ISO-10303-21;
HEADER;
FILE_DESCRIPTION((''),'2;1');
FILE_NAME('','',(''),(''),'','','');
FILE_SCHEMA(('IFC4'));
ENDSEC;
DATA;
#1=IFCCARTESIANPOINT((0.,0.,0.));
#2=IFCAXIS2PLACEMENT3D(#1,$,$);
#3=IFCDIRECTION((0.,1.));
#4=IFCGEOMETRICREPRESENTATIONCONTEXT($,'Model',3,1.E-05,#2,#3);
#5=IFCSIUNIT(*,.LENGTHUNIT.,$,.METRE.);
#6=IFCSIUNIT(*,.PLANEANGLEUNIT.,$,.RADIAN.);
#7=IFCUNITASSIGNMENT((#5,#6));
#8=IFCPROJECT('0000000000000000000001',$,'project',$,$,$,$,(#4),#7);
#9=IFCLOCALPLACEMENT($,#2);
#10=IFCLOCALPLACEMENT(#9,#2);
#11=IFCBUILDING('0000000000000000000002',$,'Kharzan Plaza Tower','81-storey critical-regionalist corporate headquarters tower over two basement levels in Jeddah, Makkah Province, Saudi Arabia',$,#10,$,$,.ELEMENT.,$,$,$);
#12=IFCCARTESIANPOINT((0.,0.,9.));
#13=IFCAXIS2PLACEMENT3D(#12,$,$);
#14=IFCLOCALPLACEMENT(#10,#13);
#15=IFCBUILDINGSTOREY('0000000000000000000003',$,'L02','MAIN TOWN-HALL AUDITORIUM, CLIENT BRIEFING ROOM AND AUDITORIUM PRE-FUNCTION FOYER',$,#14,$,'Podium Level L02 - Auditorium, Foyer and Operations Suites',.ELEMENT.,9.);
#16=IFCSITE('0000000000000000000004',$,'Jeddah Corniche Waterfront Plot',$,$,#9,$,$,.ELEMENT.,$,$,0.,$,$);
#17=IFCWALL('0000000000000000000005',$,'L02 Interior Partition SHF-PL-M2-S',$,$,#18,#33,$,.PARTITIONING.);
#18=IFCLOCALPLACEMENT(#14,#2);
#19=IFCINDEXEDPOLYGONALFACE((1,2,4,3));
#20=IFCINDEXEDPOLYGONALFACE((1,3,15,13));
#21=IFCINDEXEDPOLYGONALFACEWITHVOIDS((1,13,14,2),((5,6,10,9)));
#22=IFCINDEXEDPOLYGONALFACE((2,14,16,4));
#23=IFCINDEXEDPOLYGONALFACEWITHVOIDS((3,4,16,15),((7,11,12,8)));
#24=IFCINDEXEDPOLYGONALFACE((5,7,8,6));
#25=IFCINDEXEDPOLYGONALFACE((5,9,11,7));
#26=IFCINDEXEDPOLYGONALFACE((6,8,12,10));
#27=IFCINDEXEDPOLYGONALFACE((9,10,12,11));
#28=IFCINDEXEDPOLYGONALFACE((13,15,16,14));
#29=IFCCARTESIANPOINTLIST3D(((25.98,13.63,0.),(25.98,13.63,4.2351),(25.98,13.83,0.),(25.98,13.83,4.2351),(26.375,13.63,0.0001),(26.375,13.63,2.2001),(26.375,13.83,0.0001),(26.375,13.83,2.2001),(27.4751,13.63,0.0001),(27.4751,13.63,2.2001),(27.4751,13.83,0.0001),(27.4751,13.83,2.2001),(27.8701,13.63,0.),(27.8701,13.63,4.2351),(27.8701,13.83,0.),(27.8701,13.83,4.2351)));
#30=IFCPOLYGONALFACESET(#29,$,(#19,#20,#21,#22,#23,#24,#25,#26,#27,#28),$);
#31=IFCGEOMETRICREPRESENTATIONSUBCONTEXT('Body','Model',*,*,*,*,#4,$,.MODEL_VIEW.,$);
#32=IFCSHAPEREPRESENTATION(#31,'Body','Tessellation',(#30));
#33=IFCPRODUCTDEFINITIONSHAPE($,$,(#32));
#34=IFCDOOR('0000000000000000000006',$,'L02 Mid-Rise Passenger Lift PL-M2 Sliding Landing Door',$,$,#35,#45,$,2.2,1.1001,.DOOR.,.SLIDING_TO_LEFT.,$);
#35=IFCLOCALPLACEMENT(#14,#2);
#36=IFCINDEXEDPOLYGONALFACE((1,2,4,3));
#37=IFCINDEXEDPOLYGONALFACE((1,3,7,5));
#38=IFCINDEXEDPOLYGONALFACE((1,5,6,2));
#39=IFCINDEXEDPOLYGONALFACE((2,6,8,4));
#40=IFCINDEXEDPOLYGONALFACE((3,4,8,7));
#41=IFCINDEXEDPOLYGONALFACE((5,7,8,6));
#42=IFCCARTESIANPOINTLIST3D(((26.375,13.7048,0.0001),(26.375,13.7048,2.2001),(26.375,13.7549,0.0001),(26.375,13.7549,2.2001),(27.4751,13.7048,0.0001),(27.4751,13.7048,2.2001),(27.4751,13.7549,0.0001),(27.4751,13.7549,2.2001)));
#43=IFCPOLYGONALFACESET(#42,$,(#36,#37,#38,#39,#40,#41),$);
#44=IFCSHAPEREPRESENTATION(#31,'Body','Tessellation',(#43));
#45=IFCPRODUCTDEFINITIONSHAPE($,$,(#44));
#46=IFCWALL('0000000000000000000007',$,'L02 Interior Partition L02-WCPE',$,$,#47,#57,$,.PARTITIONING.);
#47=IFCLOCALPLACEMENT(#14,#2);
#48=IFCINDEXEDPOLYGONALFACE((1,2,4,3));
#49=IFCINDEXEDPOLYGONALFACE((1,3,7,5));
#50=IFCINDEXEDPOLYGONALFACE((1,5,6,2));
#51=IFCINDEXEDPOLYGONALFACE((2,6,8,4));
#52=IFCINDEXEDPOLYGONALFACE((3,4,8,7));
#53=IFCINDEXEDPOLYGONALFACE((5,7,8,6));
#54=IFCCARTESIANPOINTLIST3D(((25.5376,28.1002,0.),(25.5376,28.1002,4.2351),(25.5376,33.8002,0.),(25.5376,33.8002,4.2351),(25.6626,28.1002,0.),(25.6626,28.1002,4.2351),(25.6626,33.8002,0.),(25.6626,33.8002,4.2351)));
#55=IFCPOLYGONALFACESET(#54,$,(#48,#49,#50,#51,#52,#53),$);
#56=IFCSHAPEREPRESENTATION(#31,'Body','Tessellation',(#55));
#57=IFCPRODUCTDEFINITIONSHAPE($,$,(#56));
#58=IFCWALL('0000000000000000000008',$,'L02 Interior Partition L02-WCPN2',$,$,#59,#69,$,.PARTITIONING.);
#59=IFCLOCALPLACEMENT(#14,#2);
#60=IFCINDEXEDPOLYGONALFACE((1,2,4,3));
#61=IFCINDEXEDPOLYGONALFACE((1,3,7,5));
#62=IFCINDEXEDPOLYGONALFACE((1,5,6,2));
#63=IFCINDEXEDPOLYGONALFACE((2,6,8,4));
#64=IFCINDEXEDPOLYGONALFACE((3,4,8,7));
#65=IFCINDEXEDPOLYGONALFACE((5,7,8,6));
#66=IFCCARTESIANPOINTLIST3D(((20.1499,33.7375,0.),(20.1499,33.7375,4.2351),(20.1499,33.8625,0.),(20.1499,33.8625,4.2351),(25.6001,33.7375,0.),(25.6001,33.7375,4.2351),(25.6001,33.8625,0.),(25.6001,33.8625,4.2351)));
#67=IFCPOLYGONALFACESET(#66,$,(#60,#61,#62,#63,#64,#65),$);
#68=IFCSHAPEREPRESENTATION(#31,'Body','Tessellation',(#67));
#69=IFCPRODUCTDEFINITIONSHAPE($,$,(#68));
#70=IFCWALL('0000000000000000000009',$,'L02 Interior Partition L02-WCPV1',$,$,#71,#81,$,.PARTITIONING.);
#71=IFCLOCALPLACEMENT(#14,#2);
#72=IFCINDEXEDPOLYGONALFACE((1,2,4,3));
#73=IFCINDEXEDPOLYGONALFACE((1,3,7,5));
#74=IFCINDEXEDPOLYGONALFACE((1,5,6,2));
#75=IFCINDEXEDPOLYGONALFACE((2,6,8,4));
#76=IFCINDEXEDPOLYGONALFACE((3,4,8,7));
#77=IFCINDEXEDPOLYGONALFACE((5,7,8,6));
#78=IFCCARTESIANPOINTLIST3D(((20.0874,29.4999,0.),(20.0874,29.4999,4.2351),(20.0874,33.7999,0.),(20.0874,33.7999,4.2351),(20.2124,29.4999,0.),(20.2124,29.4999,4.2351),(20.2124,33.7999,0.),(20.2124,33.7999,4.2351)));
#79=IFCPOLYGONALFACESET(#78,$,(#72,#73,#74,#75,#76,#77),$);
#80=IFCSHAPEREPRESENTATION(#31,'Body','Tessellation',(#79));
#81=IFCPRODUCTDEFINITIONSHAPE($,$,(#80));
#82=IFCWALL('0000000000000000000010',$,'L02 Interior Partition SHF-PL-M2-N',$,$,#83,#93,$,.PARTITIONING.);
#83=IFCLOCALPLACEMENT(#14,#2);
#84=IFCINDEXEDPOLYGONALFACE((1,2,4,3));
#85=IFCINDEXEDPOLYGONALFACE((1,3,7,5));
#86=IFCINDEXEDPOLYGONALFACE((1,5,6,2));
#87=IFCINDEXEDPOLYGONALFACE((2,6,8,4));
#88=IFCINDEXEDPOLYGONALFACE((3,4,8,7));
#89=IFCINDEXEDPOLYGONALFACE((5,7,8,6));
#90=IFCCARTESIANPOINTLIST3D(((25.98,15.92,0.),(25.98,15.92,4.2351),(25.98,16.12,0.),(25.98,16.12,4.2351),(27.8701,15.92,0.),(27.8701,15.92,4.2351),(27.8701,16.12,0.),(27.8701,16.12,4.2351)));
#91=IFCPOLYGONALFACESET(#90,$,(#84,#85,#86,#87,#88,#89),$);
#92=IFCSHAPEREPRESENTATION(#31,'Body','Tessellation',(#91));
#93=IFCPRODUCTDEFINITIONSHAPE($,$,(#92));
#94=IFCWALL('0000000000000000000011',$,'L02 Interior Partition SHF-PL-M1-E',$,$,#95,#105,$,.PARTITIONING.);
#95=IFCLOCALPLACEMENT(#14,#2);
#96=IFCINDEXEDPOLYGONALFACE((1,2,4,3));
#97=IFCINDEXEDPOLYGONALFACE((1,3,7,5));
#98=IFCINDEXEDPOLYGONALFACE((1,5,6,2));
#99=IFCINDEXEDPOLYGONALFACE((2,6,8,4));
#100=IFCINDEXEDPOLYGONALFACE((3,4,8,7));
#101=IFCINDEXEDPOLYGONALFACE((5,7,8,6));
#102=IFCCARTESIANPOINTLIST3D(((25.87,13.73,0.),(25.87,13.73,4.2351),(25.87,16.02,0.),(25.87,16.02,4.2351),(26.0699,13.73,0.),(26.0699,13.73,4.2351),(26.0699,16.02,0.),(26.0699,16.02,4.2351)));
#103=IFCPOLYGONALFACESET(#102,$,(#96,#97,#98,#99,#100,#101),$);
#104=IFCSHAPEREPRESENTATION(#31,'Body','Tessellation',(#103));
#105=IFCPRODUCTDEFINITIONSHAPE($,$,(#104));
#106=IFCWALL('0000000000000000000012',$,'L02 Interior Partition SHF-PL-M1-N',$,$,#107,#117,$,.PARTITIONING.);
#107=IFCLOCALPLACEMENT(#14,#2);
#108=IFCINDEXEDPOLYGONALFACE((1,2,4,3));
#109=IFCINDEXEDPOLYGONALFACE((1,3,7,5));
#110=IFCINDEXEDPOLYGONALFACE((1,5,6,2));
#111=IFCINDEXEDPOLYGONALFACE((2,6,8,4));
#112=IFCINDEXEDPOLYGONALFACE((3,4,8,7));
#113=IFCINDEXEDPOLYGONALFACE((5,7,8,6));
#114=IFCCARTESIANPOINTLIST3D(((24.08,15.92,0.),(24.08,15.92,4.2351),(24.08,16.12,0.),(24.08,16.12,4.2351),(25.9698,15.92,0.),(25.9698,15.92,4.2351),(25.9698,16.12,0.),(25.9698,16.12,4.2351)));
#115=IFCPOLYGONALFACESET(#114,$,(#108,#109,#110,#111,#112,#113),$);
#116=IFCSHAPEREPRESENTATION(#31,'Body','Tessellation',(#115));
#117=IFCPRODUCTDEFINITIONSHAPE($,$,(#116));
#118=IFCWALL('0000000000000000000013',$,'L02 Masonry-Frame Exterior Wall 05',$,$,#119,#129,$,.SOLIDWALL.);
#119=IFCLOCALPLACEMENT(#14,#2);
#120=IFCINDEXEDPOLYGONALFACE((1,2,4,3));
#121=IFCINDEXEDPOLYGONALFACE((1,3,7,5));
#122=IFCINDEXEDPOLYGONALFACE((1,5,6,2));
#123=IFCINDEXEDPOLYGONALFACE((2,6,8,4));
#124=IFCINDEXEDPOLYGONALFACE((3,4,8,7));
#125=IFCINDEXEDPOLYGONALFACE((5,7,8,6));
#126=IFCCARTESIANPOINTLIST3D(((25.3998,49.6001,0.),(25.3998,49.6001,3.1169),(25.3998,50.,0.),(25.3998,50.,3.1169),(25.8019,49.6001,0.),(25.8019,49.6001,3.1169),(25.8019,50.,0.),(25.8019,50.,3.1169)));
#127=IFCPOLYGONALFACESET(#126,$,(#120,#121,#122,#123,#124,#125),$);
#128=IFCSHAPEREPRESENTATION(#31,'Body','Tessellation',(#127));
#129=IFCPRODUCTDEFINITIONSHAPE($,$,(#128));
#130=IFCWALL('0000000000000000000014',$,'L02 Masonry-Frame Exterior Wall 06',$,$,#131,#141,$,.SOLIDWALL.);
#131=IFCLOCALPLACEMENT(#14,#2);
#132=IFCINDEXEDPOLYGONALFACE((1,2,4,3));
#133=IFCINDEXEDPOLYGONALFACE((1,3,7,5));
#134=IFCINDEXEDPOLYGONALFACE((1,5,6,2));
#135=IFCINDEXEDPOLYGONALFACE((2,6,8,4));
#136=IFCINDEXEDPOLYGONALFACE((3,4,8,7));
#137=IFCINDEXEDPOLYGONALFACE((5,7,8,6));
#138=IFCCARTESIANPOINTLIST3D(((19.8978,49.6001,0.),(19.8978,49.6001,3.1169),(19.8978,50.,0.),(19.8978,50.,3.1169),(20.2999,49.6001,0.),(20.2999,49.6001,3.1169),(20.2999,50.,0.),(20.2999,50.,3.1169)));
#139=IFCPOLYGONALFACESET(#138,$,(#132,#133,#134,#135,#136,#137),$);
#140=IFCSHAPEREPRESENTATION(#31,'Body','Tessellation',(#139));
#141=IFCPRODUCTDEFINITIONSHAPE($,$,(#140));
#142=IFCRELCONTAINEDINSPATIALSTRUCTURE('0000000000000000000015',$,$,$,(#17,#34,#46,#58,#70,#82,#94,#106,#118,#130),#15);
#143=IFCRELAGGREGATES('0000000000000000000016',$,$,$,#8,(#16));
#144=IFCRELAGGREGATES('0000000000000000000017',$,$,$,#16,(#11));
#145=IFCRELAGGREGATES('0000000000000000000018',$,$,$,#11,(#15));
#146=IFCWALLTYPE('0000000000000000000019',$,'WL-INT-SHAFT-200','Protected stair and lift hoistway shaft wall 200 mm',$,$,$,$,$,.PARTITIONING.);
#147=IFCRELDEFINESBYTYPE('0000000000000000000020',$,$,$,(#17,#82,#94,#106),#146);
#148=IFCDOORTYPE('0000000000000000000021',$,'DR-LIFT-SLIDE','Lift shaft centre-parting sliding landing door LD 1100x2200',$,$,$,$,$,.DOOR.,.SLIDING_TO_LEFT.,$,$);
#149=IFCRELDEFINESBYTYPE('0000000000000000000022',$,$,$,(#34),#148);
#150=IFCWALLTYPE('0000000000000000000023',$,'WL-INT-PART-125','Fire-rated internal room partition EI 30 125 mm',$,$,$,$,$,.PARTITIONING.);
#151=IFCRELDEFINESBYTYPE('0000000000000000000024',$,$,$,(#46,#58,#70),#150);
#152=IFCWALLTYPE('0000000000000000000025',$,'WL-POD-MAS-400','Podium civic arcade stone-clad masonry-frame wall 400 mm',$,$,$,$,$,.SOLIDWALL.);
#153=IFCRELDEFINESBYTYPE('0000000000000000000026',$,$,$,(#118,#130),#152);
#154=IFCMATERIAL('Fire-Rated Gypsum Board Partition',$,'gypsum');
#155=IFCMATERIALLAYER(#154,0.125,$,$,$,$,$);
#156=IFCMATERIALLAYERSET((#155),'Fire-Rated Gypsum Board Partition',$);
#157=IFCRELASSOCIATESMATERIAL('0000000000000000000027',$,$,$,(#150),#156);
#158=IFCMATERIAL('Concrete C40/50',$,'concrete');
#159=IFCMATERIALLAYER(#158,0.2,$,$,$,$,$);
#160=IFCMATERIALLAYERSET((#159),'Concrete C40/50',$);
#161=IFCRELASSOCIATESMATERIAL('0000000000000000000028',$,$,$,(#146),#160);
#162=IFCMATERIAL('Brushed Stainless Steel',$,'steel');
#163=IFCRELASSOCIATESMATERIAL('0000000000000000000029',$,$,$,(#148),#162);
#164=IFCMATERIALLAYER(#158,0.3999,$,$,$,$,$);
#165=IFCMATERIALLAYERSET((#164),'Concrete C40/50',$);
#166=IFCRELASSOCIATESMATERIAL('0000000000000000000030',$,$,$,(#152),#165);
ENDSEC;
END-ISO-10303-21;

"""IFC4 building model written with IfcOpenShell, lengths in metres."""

from ifc_helpers import new_model, si_unit, direction, frame, frame_2d, origin, place, context, subcontext, project, spatial, rectangle, extrude, source, transform, mapped, material, layer, layer_set, type_object, element, fill, save


model = new_model("IFC4")

# Units and contexts
model_context = context("Model", 3, precision=1e-05, world=origin(), true_north=direction((0.0, 1.0)))
body_context = subcontext(model_context, "Body", "Model", "MODEL_VIEW")
ifc_project = project(units=[si_unit("LENGTHUNIT", "METRE"), si_unit("PLANEANGLEUNIT", "RADIAN")], contexts=[model_context])

# Site, building, storey
site_placement = place(None, origin())
site = spatial("IfcSite", under=ifc_project, at=site_placement, Name="Jeddah Corniche Waterfront Plot", CompositionType="ELEMENT", RefElevation=0.0)
building_placement = place(site_placement, origin())
building = spatial("IfcBuilding", under=site, at=building_placement, Name="Kharzan Plaza Tower", Description="81-storey critical-regionalist corporate headquarters tower over two basement levels in Jeddah, Makkah Province, Saudi Arabia", CompositionType="ELEMENT")
storey_placement = place(building_placement, frame((0.0, 0.0, 9.0)))
storey = spatial("IfcBuildingStorey", under=building, at=storey_placement, Name="L02", Description="MAIN TOWN-HALL AUDITORIUM, CLIENT BRIEFING ROOM AND AUDITORIUM PRE-FUNCTION FOYER", LongName="Podium Level L02 - Auditorium, Foyer and Operations Suites", CompositionType="ELEMENT", Elevation=9.0)

# Wall, opening, door
ifc_material_1 = material(Name="Fire-Rated Gypsum Board Partition", Category="gypsum")
ifc_layer_1 = layer(ifc_material_1, 0.125)
ifc_layer_set_1 = layer_set([ifc_layer_1], Name="Fire-Rated Gypsum Board Partition")
wall_type_1 = type_object("IfcWallType", Name="WL-INT-PART-125", Description="Fire-rated internal room partition EI 30 125 mm", PredefinedType="PARTITIONING", material=ifc_layer_set_1)
ifc_material_2 = material(Name="Concrete C40/50", Category="concrete")
ifc_layer_2 = layer(ifc_material_2, 0.2)
ifc_layer_set_2 = layer_set([ifc_layer_2], Name="Concrete C40/50")
wall_type_2 = type_object("IfcWallType", Name="WL-INT-SHAFT-200", Description="Protected stair and lift hoistway shaft wall 200 mm", PredefinedType="PARTITIONING", material=ifc_layer_set_2)
wall_1_placement = place(storey_placement, frame((25.98, 13.73, 0.0), z_axis=(0.0, 0.0, 1.0), x_axis=(1.0, 0.0, 0.0)))
wall_1 = element("IfcWall", 1, at=wall_1_placement, inside=storey, type_object=wall_type_2, Name="L02 Interior Partition SHF-PL-M2-S", PredefinedType="PARTITIONING", context=body_context, shape_type="SweptSolid", body=[
    extrude(rectangle(XDim=1.8901, YDim=0.2, at=frame_2d((0.9451, 0.0))), origin(), (0.0, 0.0, 1.0), 4.2351),
])
opening_1_placement = place(wall_1_placement, frame((0.395, 0.0, 0.0)))
opening_1 = element("IfcOpeningElement", 2, at=opening_1_placement, cuts=wall_1, PredefinedType="OPENING", context=body_context, shape_type="SweptSolid", body=[
    extrude(rectangle(XDim=1.1001, YDim=2.2, at=frame_2d((0.55, 1.1001))), frame((0.0, 0.1099, 0.0), z_axis=(0.0, -1.0, 0.0), x_axis=(1.0, 0.0, 0.0)), (0.0, 0.0, 1.0), 0.22),
])
ifc_material_3 = material(Name="Brushed Stainless Steel", Category="steel")
door_type_1 = type_object("IfcDoorType", Name="DR-LIFT-SLIDE", Description="Lift shaft centre-parting sliding landing door LD 1100x2200", OperationType="SLIDING_TO_LEFT", PredefinedType="DOOR", material=ifc_material_3)
shared_shape_1 = source(origin(), body_context, "Body", "SweptSolid", [
    extrude(rectangle(XDim=1.1001, YDim=2.2, at=frame_2d((0.55, 1.1001))), frame((0.0, 0.0249, 0.0), z_axis=(0.0, -1.0, 0.0), x_axis=(1.0, 0.0, 0.0)), (0.0, 0.0, 1.0), 0.05),
])
door_1_placement = place(opening_1_placement, origin())
door_1 = element("IfcDoor", 3, at=door_1_placement, inside=storey, type_object=door_type_1, Name="L02 Mid-Rise Passenger Lift PL-M2 Sliding Landing Door", OperationType="SLIDING_TO_LEFT", OverallHeight=2.2, OverallWidth=1.1001, PredefinedType="DOOR", context=body_context, shape_type="MappedRepresentation", body=[
    mapped(shared_shape_1, transform((0.0, 0.0, 0.0), x_axis=(1.0, 0.0, 0.0), y_axis=(0.0, 1.0, 0.0), z_axis=(0.0, 0.0, 1.0))),
])
fill(opening_1, door_1)

# Walls
shared_shape_2 = source(origin(), body_context, "Body", "SweptSolid", [
    extrude(rectangle(XDim=5.7, YDim=0.125, at=frame_2d((2.8501, 0.0))), origin(), (0.0, 0.0, 1.0), 4.2351),
])
wall_2_placement = place(storey_placement, frame((25.6001, 28.1001, 0.0), z_axis=(0.0, 0.0, 1.0), x_axis=(0.0, 1.0, 0.0)))
element("IfcWall", 4, at=wall_2_placement, inside=storey, type_object=wall_type_1, Name="L02 Interior Partition L02-WCPE", PredefinedType="PARTITIONING", context=body_context, shape_type="MappedRepresentation", body=[
    mapped(shared_shape_2, transform((0.0, 0.0, 0.0), x_axis=(1.0, 0.0, 0.0), y_axis=(0.0, 1.0, 0.0), z_axis=(0.0, 0.0, 1.0))),
])
shared_shape_3 = source(origin(), body_context, "Body", "SweptSolid", [
    extrude(rectangle(XDim=5.4502, YDim=0.125, at=frame_2d((2.7251, 0.0))), origin(), (0.0, 0.0, 1.0), 4.2351),
])
wall_3_placement = place(storey_placement, frame((20.1499, 33.8, 0.0), z_axis=(0.0, 0.0, 1.0), x_axis=(1.0, 0.0, 0.0)))
element("IfcWall", 5, at=wall_3_placement, inside=storey, type_object=wall_type_1, Name="L02 Interior Partition L02-WCPN2", PredefinedType="PARTITIONING", context=body_context, shape_type="MappedRepresentation", body=[
    mapped(shared_shape_3, transform((0.0, 0.0, 0.0), x_axis=(1.0, 0.0, 0.0), y_axis=(0.0, 1.0, 0.0), z_axis=(0.0, 0.0, 1.0))),
])
shared_shape_4 = source(origin(), body_context, "Body", "SweptSolid", [
    extrude(rectangle(XDim=4.3, YDim=0.125, at=frame_2d((2.1499, 0.0))), origin(), (0.0, 0.0, 1.0), 4.2351),
])
wall_4_placement = place(storey_placement, frame((20.1499, 29.5, 0.0), z_axis=(0.0, 0.0, 1.0), x_axis=(0.0, 1.0, 0.0)))
element("IfcWall", 6, at=wall_4_placement, inside=storey, type_object=wall_type_1, Name="L02 Interior Partition L02-WCPV1", PredefinedType="PARTITIONING", context=body_context, shape_type="MappedRepresentation", body=[
    mapped(shared_shape_4, transform((0.0, 0.0, 0.0), x_axis=(1.0, 0.0, 0.0), y_axis=(0.0, 1.0, 0.0), z_axis=(0.0, 0.0, 1.0))),
])
shared_shape_5 = source(origin(), body_context, "Body", "SweptSolid", [
    extrude(rectangle(XDim=1.8901, YDim=0.2, at=frame_2d((0.9451, 0.0))), origin(), (0.0, 0.0, 1.0), 4.2351),
])
wall_5_placement = place(storey_placement, frame((25.98, 16.02, 0.0), z_axis=(0.0, 0.0, 1.0), x_axis=(1.0, 0.0, 0.0)))
element("IfcWall", 7, at=wall_5_placement, inside=storey, type_object=wall_type_2, Name="L02 Interior Partition SHF-PL-M2-N", PredefinedType="PARTITIONING", context=body_context, shape_type="MappedRepresentation", body=[
    mapped(shared_shape_5, transform((0.0, 0.0, 0.0), x_axis=(1.0, 0.0, 0.0), y_axis=(0.0, 1.0, 0.0), z_axis=(0.0, 0.0, 1.0))),
])
shared_shape_6 = source(origin(), body_context, "Body", "SweptSolid", [
    extrude(rectangle(XDim=2.29, YDim=0.2, at=frame_2d((1.145, 0.0))), origin(), (0.0, 0.0, 1.0), 4.2351),
])
wall_6_placement = place(storey_placement, frame((25.97, 13.73, 0.0), z_axis=(0.0, 0.0, 1.0), x_axis=(0.0, 1.0, 0.0)))
element("IfcWall", 8, at=wall_6_placement, inside=storey, type_object=wall_type_2, Name="L02 Interior Partition SHF-PL-M1-E", PredefinedType="PARTITIONING", context=body_context, shape_type="MappedRepresentation", body=[
    mapped(shared_shape_6, transform((0.0, 0.0, 0.0), x_axis=(1.0, 0.0, 0.0), y_axis=(0.0, 1.0, 0.0), z_axis=(0.0, 0.0, 1.0))),
])
shared_shape_7 = source(origin(), body_context, "Body", "SweptSolid", [
    extrude(rectangle(XDim=1.8899, YDim=0.2, at=frame_2d((0.9448, 0.0))), origin(), (0.0, 0.0, 1.0), 4.2351),
])
wall_7_placement = place(storey_placement, frame((24.0801, 16.02, 0.0), z_axis=(0.0, 0.0, 1.0), x_axis=(1.0, 0.0, 0.0)))
element("IfcWall", 9, at=wall_7_placement, inside=storey, type_object=wall_type_2, Name="L02 Interior Partition SHF-PL-M1-N", PredefinedType="PARTITIONING", context=body_context, shape_type="MappedRepresentation", body=[
    mapped(shared_shape_7, transform((0.0, 0.0, 0.0), x_axis=(1.0, 0.0, 0.0), y_axis=(0.0, 1.0, 0.0), z_axis=(0.0, 0.0, 1.0))),
])
ifc_layer_3 = layer(ifc_material_2, 0.3999)
ifc_layer_set_3 = layer_set([ifc_layer_3], Name="Concrete C40/50")
wall_type_3 = type_object("IfcWallType", Name="WL-POD-MAS-400", Description="Podium civic arcade stone-clad masonry-frame wall 400 mm", PredefinedType="SOLIDWALL", material=ifc_layer_set_3)
shared_shape_8 = source(origin(), body_context, "Body", "SweptSolid", [
    extrude(rectangle(XDim=0.4021, YDim=0.3999, at=frame_2d((0.2012, 0.0))), origin(), (0.0, 0.0, 1.0), 3.1169),
])
for number, where, z_axis, x_axis, name in (
    (10, (25.802, 49.8, 0.0), (0.0, 0.0, 1.0), (-1.0, 0.0, 0.0), "L02 Masonry-Frame Exterior Wall 05"),
    (11, (20.3, 49.8, 0.0), (0.0, 0.0, 1.0), (-1.0, 0.0, 0.0), "L02 Masonry-Frame Exterior Wall 06"),
):
    element("IfcWall", number, at=place(storey_placement, frame(where, z_axis=z_axis, x_axis=x_axis)), inside=storey, type_object=wall_type_3, Name=name, PredefinedType="SOLIDWALL", context=body_context, shape_type="MappedRepresentation", body=[
        mapped(shared_shape_8, transform((0.0, 0.0, 0.0), x_axis=(1.0, 0.0, 0.0), y_axis=(0.0, 1.0, 0.0), z_axis=(0.0, 0.0, 1.0))),
    ])

save(model, "model.ifc")
